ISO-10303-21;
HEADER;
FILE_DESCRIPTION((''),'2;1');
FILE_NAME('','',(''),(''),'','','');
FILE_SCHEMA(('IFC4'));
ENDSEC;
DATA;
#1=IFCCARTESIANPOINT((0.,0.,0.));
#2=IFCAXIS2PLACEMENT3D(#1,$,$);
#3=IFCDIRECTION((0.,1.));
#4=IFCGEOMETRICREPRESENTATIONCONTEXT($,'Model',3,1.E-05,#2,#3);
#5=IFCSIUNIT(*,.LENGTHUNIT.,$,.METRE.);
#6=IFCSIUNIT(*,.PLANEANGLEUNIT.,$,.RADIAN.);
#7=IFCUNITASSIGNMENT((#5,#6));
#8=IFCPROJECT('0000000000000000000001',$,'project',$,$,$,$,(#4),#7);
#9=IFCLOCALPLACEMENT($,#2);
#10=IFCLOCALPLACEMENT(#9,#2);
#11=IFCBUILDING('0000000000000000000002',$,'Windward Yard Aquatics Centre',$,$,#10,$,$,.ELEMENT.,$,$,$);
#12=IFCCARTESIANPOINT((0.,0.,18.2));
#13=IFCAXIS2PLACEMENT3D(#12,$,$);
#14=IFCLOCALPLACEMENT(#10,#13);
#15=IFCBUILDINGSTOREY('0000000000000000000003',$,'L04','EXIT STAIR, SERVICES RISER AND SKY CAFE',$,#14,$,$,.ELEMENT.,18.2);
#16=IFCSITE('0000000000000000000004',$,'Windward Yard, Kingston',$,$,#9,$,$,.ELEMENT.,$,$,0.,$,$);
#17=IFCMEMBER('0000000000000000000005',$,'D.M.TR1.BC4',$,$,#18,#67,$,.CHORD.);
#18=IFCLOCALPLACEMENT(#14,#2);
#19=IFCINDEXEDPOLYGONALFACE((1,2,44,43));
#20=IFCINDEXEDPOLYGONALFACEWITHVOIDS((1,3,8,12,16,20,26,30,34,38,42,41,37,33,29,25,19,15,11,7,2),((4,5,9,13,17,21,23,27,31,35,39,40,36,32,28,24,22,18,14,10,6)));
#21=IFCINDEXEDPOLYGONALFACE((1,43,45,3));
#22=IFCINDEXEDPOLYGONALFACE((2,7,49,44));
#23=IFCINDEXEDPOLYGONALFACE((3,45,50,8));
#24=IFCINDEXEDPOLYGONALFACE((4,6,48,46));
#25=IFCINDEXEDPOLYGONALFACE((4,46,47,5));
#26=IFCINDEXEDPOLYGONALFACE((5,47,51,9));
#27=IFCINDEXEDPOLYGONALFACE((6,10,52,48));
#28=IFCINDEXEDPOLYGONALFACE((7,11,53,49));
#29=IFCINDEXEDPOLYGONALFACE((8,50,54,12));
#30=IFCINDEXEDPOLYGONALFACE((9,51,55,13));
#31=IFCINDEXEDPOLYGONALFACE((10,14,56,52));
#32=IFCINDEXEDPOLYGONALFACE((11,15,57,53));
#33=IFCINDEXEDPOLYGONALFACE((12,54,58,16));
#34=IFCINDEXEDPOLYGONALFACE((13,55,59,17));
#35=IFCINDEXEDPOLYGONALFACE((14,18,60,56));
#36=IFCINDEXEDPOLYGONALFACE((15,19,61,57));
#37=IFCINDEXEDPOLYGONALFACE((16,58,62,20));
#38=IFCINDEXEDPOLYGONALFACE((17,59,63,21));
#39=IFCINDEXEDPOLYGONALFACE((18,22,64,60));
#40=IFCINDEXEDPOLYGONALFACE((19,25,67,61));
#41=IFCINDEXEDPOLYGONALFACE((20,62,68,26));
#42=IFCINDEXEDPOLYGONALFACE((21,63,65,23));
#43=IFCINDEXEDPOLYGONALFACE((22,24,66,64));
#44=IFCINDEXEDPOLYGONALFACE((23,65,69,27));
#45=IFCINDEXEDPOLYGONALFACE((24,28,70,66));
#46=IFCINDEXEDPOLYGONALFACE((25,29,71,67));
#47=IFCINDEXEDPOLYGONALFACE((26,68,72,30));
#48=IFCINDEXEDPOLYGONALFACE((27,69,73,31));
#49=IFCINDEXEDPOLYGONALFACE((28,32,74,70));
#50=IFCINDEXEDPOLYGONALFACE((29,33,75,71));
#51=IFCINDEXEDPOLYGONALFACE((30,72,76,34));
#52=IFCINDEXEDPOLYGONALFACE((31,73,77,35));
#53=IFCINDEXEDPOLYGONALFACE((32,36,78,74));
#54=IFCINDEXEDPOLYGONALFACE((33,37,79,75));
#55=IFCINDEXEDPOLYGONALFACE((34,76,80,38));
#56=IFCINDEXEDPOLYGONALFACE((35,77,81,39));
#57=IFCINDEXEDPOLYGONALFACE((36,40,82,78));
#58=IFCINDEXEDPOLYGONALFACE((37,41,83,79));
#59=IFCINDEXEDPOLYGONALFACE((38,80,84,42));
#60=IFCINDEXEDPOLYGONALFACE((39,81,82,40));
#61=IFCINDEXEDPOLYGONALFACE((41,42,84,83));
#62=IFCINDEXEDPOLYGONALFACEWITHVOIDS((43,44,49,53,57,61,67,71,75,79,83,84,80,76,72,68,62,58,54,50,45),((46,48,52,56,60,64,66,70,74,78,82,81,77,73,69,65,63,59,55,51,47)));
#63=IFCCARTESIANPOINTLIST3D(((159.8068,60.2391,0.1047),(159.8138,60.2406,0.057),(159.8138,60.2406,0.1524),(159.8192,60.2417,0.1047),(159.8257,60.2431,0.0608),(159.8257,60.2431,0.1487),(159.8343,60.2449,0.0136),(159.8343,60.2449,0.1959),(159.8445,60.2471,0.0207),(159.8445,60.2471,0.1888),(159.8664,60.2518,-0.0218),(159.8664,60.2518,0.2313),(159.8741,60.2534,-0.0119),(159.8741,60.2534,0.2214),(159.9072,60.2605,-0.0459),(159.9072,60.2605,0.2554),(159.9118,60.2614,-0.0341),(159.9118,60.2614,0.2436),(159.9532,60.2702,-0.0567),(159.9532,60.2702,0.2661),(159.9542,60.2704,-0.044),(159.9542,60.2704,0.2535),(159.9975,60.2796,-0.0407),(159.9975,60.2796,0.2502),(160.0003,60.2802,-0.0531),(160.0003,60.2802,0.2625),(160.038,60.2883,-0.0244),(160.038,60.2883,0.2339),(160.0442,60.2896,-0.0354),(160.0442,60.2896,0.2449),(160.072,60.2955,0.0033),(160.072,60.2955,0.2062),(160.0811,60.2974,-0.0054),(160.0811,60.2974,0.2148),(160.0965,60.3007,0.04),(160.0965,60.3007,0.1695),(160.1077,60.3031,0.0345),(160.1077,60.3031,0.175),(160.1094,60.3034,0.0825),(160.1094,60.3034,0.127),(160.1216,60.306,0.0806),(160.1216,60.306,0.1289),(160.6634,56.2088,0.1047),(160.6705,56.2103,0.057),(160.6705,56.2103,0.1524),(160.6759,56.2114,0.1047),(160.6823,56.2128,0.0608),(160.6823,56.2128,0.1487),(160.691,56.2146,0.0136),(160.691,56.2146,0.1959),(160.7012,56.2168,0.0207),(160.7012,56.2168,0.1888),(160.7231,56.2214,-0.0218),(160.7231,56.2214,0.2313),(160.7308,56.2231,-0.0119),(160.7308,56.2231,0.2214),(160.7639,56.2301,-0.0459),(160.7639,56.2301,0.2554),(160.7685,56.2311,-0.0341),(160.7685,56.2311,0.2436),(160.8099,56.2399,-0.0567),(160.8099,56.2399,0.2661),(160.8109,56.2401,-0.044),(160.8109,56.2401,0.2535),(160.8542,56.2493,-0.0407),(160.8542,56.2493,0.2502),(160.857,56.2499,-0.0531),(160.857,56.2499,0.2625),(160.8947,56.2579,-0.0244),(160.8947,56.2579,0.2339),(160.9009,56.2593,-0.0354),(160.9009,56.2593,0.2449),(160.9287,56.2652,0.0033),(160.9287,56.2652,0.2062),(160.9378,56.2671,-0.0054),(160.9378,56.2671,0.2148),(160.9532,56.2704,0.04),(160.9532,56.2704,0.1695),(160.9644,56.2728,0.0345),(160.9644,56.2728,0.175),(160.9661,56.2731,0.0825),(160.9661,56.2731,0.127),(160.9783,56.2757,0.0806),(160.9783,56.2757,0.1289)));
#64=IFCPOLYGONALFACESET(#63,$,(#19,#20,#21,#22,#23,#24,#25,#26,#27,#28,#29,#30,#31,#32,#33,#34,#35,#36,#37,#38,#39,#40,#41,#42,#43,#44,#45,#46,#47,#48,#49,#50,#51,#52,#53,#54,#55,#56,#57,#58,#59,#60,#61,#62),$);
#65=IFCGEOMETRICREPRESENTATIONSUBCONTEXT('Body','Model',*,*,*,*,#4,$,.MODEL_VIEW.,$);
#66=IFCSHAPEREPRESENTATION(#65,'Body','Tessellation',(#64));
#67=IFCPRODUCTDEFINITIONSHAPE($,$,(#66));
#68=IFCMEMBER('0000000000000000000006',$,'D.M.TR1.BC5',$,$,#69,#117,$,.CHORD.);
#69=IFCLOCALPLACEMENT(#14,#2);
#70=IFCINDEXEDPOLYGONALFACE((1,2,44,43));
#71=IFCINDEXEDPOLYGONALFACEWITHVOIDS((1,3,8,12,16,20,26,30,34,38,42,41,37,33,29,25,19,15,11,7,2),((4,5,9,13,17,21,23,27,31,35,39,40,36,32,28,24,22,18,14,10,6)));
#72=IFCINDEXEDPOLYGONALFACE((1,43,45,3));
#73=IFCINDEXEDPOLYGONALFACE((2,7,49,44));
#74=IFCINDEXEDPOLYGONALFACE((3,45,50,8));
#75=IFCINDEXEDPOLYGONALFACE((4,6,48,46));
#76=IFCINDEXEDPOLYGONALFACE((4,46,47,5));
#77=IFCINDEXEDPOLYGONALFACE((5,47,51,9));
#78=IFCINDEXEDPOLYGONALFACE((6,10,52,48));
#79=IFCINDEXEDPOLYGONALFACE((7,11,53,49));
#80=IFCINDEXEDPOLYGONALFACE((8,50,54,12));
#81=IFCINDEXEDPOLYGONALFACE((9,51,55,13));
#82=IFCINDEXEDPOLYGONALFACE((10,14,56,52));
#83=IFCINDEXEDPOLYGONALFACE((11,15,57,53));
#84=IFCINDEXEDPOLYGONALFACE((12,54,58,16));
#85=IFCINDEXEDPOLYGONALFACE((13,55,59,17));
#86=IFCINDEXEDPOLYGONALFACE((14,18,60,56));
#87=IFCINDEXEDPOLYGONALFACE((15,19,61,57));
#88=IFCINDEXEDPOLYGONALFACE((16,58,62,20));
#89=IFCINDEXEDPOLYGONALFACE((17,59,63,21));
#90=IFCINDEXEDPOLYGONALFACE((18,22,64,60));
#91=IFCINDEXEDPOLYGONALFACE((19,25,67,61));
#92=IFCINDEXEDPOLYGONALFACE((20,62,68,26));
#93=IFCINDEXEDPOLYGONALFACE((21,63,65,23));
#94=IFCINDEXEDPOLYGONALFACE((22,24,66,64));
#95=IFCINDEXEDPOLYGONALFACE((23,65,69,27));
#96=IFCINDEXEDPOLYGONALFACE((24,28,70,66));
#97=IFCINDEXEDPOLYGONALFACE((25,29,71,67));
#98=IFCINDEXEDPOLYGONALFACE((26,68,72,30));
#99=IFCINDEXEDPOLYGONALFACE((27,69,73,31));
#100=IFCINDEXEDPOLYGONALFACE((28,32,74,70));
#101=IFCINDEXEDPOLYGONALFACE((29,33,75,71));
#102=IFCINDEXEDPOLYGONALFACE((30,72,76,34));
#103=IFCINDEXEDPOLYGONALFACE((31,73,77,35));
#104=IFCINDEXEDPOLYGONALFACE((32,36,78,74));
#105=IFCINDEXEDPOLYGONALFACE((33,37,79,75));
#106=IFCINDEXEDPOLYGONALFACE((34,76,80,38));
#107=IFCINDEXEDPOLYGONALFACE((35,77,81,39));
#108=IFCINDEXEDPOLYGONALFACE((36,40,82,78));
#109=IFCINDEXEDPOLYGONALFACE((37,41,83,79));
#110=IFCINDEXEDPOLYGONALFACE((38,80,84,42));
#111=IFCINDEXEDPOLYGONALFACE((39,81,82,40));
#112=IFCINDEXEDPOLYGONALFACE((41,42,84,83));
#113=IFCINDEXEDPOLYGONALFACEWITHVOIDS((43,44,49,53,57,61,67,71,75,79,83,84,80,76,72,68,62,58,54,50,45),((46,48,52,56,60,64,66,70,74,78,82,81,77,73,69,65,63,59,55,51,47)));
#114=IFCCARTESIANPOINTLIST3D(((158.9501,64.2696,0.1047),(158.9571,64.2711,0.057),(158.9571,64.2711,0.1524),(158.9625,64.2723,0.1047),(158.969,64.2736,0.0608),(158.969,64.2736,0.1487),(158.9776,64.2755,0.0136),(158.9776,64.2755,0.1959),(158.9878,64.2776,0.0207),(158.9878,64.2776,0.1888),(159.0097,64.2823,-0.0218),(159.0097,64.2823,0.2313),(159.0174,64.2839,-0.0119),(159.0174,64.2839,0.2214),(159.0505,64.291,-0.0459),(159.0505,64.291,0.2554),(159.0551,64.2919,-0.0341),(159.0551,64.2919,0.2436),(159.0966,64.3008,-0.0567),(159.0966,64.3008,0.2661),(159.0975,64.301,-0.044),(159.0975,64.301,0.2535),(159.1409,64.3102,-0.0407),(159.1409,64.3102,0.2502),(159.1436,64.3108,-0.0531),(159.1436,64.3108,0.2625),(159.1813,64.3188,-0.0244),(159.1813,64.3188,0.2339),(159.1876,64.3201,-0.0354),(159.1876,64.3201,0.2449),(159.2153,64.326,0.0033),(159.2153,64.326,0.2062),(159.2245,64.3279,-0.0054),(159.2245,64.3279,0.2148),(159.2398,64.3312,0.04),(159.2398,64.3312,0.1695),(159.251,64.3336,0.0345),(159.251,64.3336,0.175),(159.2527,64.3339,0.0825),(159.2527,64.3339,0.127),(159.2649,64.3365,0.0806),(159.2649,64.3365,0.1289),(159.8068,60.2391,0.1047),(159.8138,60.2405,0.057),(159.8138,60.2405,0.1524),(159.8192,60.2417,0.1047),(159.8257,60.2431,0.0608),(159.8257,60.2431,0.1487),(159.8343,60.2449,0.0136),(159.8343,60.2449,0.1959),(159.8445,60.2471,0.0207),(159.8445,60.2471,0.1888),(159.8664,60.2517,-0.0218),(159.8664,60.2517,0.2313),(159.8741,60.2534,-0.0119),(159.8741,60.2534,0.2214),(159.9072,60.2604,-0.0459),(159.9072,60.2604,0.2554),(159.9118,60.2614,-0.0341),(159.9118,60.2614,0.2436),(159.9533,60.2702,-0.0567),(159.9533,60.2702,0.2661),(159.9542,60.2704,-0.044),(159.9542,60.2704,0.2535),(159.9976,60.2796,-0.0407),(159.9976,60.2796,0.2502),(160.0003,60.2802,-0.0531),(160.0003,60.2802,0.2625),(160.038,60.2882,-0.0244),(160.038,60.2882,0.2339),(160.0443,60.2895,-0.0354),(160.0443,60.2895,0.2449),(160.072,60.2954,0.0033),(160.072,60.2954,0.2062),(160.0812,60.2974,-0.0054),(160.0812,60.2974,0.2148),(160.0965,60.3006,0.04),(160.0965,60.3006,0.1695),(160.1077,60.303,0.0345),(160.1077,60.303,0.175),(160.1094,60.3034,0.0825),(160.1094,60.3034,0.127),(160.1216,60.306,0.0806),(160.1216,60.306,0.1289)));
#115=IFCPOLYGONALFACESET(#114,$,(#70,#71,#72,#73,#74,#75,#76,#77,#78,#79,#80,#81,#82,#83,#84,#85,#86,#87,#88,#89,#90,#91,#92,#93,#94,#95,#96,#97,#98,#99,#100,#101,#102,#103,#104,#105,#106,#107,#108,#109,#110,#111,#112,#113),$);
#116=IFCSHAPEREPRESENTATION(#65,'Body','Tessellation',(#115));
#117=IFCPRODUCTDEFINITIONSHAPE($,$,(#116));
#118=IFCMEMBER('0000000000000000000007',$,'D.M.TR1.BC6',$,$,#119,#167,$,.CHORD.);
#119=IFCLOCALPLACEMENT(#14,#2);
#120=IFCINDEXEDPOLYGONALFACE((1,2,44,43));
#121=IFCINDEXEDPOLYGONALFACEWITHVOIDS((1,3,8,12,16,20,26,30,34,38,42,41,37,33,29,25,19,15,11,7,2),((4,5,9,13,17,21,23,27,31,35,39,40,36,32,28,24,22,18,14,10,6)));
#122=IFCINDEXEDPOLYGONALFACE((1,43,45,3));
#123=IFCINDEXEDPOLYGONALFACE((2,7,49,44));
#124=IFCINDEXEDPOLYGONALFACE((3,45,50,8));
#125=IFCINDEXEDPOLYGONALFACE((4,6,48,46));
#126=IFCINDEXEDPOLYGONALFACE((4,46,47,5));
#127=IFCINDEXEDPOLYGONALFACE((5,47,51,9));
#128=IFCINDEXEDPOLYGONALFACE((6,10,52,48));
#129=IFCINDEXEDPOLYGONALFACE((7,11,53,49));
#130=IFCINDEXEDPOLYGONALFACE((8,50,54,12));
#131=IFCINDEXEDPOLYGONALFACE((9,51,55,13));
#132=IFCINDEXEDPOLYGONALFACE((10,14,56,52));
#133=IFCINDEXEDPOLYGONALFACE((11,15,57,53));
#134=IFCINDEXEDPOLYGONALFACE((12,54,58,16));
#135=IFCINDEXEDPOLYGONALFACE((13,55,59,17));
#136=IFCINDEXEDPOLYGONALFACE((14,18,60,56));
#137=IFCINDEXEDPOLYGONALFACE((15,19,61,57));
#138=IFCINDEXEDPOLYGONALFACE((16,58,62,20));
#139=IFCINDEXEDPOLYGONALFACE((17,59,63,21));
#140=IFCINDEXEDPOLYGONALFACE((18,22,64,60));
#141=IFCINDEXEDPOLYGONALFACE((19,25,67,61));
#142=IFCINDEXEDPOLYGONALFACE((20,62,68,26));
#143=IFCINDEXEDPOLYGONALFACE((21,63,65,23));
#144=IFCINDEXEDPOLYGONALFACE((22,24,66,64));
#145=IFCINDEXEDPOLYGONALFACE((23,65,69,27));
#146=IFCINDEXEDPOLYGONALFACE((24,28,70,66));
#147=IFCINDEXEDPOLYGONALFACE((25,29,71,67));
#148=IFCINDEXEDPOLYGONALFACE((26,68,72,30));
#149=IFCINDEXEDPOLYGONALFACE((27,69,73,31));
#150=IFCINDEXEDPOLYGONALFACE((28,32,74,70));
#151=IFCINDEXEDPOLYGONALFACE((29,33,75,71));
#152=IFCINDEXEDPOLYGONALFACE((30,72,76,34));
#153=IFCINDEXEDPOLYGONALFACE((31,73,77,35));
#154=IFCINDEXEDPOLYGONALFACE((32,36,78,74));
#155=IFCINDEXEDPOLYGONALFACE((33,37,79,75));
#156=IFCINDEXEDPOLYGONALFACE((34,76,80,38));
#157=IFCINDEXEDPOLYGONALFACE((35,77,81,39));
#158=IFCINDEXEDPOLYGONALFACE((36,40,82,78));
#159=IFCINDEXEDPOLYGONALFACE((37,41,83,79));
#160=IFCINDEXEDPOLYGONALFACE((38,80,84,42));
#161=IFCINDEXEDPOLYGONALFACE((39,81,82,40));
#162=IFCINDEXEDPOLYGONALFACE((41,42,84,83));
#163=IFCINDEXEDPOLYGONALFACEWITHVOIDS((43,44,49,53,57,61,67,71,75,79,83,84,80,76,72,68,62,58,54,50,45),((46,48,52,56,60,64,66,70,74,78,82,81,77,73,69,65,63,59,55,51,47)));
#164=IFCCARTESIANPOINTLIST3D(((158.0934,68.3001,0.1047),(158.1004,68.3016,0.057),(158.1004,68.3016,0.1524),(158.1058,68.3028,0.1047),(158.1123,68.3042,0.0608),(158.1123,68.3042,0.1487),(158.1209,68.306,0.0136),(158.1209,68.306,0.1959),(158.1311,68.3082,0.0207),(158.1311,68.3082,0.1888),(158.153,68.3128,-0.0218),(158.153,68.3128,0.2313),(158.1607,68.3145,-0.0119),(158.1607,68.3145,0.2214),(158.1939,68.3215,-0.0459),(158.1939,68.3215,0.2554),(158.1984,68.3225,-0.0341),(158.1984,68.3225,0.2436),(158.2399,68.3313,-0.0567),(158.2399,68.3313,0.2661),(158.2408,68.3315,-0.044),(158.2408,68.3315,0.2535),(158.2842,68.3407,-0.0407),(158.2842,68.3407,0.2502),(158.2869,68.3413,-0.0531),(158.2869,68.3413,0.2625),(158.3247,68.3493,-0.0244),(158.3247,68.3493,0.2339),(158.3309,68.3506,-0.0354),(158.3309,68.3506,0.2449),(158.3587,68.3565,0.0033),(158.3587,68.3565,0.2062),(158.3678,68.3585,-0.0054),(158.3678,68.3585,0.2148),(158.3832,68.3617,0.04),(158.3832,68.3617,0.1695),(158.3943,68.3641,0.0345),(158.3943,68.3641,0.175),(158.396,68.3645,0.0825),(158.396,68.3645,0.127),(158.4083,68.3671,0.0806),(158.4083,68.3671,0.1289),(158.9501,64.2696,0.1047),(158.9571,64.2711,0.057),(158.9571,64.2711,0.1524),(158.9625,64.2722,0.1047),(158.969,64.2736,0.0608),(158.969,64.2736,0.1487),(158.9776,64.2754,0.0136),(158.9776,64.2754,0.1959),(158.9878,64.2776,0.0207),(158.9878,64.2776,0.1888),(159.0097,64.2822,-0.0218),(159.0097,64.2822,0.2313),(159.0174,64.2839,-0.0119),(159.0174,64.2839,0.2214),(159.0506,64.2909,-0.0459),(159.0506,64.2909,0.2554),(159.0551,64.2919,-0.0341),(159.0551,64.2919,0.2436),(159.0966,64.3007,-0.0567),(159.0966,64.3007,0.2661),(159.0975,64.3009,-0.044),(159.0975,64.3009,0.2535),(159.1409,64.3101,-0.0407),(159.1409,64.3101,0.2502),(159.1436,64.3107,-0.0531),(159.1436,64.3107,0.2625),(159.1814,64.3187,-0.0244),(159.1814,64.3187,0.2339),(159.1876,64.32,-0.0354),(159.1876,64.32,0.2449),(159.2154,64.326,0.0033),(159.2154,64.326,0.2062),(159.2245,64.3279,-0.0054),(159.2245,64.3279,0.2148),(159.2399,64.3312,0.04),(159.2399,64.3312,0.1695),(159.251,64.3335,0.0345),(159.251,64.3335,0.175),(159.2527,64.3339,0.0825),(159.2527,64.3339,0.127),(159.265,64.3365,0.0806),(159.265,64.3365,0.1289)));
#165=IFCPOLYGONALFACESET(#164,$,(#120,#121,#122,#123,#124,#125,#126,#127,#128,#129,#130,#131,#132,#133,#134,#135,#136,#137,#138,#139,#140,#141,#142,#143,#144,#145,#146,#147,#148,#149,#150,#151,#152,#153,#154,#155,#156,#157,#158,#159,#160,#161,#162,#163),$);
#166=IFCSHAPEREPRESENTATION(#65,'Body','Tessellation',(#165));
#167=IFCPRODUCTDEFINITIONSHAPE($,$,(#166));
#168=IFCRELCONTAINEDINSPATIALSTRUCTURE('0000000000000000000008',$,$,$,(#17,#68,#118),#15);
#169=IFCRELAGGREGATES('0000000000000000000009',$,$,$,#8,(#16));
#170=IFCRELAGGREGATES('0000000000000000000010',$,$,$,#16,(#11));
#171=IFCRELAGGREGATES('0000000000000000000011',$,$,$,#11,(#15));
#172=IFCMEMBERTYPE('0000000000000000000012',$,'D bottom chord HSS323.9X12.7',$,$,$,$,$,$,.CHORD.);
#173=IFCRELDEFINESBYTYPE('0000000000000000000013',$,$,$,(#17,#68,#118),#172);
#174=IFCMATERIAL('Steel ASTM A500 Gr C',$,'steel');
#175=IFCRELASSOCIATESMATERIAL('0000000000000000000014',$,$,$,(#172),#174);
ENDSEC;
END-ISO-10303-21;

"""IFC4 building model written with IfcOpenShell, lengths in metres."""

from ifc_helpers import new_model, si_unit, direction, frame, origin, origin_2d, place, context, subcontext, project, spatial, hollow_circle, extrude, material, material_profile, profile_set, type_object, element, save


model = new_model("IFC4")

# Units and contexts
model_context = context("Model", 3, precision=1e-05, world=origin(), true_north=direction((0.0, 1.0)))
body_context = subcontext(model_context, "Body", "Model", "MODEL_VIEW")
ifc_project = project(units=[si_unit("LENGTHUNIT", "METRE"), si_unit("PLANEANGLEUNIT", "RADIAN")], contexts=[model_context])

# Site, building, storey
site_placement = place(None, origin())
site = spatial("IfcSite", under=ifc_project, at=site_placement, Name="Windward Yard, Kingston", CompositionType="ELEMENT", RefElevation=0.0)
building_placement = place(site_placement, origin())
building = spatial("IfcBuilding", under=site, at=building_placement, Name="Windward Yard Aquatics Centre", CompositionType="ELEMENT")
storey_placement = place(building_placement, frame((0.0, 0.0, 18.2)))
storey = spatial("IfcBuildingStorey", under=building, at=storey_placement, Name="L04", Description="EXIT STAIR, SERVICES RISER AND SKY CAFE", CompositionType="ELEMENT", Elevation=18.2)

# Members
ifc_material_1 = material(Name="Steel ASTM A500 Gr C", Category="steel")
ifc_material_profile_1 = material_profile(ifc_material_1, hollow_circle(Radius=0.1619, WallThickness=0.0127, at=origin_2d()), Name="HSS323.9X12.7")
ifc_profile_set_1 = profile_set([ifc_material_profile_1], Name="Steel ASTM A500 Gr C")
member_type_1 = type_object("IfcMemberType", Name="D bottom chord HSS323.9X12.7", PredefinedType="CHORD", material=ifc_profile_set_1)
member_1_placement = place(storey_placement, frame((160.8218, 56.2424, 0.1047), z_axis=(-0.207918, 0.978146, 0.0), x_axis=(-0.978146, -0.207918, 0.0)))
element("IfcMember", 1, at=member_1_placement, inside=storey, type_object=member_type_1, Name="D.M.TR1.BC4", PredefinedType="CHORD", context=body_context, shape_type="SweptSolid", body=[
    extrude(hollow_circle(Radius=0.1619, WallThickness=0.0127, at=origin_2d()), origin(), (0.0, 0.0, 1.0), 4.1204),
])
for number, where, z_axis, x_axis, name in (
    (2, (159.9651, 60.2727, 0.1047), (-0.207906, 0.978149, 0.0), (-0.978149, -0.207906, 0.0), "D.M.TR1.BC5"),
    (3, (159.1084, 64.3032, 0.1047), (-0.207906, 0.978149, 0.0), (-0.978149, -0.207906, 0.0), "D.M.TR1.BC6"),
):
    element("IfcMember", number, at=place(storey_placement, frame(where, z_axis=z_axis, x_axis=x_axis)), inside=storey, type_object=member_type_1, Name=name, PredefinedType="CHORD", context=body_context, shape_type="SweptSolid", body=[
        extrude(hollow_circle(Radius=0.1619, WallThickness=0.0127, at=origin_2d()), origin(), (0.0, 0.0, 1.0), 4.1206),
    ])

save(model, "model.ifc")
